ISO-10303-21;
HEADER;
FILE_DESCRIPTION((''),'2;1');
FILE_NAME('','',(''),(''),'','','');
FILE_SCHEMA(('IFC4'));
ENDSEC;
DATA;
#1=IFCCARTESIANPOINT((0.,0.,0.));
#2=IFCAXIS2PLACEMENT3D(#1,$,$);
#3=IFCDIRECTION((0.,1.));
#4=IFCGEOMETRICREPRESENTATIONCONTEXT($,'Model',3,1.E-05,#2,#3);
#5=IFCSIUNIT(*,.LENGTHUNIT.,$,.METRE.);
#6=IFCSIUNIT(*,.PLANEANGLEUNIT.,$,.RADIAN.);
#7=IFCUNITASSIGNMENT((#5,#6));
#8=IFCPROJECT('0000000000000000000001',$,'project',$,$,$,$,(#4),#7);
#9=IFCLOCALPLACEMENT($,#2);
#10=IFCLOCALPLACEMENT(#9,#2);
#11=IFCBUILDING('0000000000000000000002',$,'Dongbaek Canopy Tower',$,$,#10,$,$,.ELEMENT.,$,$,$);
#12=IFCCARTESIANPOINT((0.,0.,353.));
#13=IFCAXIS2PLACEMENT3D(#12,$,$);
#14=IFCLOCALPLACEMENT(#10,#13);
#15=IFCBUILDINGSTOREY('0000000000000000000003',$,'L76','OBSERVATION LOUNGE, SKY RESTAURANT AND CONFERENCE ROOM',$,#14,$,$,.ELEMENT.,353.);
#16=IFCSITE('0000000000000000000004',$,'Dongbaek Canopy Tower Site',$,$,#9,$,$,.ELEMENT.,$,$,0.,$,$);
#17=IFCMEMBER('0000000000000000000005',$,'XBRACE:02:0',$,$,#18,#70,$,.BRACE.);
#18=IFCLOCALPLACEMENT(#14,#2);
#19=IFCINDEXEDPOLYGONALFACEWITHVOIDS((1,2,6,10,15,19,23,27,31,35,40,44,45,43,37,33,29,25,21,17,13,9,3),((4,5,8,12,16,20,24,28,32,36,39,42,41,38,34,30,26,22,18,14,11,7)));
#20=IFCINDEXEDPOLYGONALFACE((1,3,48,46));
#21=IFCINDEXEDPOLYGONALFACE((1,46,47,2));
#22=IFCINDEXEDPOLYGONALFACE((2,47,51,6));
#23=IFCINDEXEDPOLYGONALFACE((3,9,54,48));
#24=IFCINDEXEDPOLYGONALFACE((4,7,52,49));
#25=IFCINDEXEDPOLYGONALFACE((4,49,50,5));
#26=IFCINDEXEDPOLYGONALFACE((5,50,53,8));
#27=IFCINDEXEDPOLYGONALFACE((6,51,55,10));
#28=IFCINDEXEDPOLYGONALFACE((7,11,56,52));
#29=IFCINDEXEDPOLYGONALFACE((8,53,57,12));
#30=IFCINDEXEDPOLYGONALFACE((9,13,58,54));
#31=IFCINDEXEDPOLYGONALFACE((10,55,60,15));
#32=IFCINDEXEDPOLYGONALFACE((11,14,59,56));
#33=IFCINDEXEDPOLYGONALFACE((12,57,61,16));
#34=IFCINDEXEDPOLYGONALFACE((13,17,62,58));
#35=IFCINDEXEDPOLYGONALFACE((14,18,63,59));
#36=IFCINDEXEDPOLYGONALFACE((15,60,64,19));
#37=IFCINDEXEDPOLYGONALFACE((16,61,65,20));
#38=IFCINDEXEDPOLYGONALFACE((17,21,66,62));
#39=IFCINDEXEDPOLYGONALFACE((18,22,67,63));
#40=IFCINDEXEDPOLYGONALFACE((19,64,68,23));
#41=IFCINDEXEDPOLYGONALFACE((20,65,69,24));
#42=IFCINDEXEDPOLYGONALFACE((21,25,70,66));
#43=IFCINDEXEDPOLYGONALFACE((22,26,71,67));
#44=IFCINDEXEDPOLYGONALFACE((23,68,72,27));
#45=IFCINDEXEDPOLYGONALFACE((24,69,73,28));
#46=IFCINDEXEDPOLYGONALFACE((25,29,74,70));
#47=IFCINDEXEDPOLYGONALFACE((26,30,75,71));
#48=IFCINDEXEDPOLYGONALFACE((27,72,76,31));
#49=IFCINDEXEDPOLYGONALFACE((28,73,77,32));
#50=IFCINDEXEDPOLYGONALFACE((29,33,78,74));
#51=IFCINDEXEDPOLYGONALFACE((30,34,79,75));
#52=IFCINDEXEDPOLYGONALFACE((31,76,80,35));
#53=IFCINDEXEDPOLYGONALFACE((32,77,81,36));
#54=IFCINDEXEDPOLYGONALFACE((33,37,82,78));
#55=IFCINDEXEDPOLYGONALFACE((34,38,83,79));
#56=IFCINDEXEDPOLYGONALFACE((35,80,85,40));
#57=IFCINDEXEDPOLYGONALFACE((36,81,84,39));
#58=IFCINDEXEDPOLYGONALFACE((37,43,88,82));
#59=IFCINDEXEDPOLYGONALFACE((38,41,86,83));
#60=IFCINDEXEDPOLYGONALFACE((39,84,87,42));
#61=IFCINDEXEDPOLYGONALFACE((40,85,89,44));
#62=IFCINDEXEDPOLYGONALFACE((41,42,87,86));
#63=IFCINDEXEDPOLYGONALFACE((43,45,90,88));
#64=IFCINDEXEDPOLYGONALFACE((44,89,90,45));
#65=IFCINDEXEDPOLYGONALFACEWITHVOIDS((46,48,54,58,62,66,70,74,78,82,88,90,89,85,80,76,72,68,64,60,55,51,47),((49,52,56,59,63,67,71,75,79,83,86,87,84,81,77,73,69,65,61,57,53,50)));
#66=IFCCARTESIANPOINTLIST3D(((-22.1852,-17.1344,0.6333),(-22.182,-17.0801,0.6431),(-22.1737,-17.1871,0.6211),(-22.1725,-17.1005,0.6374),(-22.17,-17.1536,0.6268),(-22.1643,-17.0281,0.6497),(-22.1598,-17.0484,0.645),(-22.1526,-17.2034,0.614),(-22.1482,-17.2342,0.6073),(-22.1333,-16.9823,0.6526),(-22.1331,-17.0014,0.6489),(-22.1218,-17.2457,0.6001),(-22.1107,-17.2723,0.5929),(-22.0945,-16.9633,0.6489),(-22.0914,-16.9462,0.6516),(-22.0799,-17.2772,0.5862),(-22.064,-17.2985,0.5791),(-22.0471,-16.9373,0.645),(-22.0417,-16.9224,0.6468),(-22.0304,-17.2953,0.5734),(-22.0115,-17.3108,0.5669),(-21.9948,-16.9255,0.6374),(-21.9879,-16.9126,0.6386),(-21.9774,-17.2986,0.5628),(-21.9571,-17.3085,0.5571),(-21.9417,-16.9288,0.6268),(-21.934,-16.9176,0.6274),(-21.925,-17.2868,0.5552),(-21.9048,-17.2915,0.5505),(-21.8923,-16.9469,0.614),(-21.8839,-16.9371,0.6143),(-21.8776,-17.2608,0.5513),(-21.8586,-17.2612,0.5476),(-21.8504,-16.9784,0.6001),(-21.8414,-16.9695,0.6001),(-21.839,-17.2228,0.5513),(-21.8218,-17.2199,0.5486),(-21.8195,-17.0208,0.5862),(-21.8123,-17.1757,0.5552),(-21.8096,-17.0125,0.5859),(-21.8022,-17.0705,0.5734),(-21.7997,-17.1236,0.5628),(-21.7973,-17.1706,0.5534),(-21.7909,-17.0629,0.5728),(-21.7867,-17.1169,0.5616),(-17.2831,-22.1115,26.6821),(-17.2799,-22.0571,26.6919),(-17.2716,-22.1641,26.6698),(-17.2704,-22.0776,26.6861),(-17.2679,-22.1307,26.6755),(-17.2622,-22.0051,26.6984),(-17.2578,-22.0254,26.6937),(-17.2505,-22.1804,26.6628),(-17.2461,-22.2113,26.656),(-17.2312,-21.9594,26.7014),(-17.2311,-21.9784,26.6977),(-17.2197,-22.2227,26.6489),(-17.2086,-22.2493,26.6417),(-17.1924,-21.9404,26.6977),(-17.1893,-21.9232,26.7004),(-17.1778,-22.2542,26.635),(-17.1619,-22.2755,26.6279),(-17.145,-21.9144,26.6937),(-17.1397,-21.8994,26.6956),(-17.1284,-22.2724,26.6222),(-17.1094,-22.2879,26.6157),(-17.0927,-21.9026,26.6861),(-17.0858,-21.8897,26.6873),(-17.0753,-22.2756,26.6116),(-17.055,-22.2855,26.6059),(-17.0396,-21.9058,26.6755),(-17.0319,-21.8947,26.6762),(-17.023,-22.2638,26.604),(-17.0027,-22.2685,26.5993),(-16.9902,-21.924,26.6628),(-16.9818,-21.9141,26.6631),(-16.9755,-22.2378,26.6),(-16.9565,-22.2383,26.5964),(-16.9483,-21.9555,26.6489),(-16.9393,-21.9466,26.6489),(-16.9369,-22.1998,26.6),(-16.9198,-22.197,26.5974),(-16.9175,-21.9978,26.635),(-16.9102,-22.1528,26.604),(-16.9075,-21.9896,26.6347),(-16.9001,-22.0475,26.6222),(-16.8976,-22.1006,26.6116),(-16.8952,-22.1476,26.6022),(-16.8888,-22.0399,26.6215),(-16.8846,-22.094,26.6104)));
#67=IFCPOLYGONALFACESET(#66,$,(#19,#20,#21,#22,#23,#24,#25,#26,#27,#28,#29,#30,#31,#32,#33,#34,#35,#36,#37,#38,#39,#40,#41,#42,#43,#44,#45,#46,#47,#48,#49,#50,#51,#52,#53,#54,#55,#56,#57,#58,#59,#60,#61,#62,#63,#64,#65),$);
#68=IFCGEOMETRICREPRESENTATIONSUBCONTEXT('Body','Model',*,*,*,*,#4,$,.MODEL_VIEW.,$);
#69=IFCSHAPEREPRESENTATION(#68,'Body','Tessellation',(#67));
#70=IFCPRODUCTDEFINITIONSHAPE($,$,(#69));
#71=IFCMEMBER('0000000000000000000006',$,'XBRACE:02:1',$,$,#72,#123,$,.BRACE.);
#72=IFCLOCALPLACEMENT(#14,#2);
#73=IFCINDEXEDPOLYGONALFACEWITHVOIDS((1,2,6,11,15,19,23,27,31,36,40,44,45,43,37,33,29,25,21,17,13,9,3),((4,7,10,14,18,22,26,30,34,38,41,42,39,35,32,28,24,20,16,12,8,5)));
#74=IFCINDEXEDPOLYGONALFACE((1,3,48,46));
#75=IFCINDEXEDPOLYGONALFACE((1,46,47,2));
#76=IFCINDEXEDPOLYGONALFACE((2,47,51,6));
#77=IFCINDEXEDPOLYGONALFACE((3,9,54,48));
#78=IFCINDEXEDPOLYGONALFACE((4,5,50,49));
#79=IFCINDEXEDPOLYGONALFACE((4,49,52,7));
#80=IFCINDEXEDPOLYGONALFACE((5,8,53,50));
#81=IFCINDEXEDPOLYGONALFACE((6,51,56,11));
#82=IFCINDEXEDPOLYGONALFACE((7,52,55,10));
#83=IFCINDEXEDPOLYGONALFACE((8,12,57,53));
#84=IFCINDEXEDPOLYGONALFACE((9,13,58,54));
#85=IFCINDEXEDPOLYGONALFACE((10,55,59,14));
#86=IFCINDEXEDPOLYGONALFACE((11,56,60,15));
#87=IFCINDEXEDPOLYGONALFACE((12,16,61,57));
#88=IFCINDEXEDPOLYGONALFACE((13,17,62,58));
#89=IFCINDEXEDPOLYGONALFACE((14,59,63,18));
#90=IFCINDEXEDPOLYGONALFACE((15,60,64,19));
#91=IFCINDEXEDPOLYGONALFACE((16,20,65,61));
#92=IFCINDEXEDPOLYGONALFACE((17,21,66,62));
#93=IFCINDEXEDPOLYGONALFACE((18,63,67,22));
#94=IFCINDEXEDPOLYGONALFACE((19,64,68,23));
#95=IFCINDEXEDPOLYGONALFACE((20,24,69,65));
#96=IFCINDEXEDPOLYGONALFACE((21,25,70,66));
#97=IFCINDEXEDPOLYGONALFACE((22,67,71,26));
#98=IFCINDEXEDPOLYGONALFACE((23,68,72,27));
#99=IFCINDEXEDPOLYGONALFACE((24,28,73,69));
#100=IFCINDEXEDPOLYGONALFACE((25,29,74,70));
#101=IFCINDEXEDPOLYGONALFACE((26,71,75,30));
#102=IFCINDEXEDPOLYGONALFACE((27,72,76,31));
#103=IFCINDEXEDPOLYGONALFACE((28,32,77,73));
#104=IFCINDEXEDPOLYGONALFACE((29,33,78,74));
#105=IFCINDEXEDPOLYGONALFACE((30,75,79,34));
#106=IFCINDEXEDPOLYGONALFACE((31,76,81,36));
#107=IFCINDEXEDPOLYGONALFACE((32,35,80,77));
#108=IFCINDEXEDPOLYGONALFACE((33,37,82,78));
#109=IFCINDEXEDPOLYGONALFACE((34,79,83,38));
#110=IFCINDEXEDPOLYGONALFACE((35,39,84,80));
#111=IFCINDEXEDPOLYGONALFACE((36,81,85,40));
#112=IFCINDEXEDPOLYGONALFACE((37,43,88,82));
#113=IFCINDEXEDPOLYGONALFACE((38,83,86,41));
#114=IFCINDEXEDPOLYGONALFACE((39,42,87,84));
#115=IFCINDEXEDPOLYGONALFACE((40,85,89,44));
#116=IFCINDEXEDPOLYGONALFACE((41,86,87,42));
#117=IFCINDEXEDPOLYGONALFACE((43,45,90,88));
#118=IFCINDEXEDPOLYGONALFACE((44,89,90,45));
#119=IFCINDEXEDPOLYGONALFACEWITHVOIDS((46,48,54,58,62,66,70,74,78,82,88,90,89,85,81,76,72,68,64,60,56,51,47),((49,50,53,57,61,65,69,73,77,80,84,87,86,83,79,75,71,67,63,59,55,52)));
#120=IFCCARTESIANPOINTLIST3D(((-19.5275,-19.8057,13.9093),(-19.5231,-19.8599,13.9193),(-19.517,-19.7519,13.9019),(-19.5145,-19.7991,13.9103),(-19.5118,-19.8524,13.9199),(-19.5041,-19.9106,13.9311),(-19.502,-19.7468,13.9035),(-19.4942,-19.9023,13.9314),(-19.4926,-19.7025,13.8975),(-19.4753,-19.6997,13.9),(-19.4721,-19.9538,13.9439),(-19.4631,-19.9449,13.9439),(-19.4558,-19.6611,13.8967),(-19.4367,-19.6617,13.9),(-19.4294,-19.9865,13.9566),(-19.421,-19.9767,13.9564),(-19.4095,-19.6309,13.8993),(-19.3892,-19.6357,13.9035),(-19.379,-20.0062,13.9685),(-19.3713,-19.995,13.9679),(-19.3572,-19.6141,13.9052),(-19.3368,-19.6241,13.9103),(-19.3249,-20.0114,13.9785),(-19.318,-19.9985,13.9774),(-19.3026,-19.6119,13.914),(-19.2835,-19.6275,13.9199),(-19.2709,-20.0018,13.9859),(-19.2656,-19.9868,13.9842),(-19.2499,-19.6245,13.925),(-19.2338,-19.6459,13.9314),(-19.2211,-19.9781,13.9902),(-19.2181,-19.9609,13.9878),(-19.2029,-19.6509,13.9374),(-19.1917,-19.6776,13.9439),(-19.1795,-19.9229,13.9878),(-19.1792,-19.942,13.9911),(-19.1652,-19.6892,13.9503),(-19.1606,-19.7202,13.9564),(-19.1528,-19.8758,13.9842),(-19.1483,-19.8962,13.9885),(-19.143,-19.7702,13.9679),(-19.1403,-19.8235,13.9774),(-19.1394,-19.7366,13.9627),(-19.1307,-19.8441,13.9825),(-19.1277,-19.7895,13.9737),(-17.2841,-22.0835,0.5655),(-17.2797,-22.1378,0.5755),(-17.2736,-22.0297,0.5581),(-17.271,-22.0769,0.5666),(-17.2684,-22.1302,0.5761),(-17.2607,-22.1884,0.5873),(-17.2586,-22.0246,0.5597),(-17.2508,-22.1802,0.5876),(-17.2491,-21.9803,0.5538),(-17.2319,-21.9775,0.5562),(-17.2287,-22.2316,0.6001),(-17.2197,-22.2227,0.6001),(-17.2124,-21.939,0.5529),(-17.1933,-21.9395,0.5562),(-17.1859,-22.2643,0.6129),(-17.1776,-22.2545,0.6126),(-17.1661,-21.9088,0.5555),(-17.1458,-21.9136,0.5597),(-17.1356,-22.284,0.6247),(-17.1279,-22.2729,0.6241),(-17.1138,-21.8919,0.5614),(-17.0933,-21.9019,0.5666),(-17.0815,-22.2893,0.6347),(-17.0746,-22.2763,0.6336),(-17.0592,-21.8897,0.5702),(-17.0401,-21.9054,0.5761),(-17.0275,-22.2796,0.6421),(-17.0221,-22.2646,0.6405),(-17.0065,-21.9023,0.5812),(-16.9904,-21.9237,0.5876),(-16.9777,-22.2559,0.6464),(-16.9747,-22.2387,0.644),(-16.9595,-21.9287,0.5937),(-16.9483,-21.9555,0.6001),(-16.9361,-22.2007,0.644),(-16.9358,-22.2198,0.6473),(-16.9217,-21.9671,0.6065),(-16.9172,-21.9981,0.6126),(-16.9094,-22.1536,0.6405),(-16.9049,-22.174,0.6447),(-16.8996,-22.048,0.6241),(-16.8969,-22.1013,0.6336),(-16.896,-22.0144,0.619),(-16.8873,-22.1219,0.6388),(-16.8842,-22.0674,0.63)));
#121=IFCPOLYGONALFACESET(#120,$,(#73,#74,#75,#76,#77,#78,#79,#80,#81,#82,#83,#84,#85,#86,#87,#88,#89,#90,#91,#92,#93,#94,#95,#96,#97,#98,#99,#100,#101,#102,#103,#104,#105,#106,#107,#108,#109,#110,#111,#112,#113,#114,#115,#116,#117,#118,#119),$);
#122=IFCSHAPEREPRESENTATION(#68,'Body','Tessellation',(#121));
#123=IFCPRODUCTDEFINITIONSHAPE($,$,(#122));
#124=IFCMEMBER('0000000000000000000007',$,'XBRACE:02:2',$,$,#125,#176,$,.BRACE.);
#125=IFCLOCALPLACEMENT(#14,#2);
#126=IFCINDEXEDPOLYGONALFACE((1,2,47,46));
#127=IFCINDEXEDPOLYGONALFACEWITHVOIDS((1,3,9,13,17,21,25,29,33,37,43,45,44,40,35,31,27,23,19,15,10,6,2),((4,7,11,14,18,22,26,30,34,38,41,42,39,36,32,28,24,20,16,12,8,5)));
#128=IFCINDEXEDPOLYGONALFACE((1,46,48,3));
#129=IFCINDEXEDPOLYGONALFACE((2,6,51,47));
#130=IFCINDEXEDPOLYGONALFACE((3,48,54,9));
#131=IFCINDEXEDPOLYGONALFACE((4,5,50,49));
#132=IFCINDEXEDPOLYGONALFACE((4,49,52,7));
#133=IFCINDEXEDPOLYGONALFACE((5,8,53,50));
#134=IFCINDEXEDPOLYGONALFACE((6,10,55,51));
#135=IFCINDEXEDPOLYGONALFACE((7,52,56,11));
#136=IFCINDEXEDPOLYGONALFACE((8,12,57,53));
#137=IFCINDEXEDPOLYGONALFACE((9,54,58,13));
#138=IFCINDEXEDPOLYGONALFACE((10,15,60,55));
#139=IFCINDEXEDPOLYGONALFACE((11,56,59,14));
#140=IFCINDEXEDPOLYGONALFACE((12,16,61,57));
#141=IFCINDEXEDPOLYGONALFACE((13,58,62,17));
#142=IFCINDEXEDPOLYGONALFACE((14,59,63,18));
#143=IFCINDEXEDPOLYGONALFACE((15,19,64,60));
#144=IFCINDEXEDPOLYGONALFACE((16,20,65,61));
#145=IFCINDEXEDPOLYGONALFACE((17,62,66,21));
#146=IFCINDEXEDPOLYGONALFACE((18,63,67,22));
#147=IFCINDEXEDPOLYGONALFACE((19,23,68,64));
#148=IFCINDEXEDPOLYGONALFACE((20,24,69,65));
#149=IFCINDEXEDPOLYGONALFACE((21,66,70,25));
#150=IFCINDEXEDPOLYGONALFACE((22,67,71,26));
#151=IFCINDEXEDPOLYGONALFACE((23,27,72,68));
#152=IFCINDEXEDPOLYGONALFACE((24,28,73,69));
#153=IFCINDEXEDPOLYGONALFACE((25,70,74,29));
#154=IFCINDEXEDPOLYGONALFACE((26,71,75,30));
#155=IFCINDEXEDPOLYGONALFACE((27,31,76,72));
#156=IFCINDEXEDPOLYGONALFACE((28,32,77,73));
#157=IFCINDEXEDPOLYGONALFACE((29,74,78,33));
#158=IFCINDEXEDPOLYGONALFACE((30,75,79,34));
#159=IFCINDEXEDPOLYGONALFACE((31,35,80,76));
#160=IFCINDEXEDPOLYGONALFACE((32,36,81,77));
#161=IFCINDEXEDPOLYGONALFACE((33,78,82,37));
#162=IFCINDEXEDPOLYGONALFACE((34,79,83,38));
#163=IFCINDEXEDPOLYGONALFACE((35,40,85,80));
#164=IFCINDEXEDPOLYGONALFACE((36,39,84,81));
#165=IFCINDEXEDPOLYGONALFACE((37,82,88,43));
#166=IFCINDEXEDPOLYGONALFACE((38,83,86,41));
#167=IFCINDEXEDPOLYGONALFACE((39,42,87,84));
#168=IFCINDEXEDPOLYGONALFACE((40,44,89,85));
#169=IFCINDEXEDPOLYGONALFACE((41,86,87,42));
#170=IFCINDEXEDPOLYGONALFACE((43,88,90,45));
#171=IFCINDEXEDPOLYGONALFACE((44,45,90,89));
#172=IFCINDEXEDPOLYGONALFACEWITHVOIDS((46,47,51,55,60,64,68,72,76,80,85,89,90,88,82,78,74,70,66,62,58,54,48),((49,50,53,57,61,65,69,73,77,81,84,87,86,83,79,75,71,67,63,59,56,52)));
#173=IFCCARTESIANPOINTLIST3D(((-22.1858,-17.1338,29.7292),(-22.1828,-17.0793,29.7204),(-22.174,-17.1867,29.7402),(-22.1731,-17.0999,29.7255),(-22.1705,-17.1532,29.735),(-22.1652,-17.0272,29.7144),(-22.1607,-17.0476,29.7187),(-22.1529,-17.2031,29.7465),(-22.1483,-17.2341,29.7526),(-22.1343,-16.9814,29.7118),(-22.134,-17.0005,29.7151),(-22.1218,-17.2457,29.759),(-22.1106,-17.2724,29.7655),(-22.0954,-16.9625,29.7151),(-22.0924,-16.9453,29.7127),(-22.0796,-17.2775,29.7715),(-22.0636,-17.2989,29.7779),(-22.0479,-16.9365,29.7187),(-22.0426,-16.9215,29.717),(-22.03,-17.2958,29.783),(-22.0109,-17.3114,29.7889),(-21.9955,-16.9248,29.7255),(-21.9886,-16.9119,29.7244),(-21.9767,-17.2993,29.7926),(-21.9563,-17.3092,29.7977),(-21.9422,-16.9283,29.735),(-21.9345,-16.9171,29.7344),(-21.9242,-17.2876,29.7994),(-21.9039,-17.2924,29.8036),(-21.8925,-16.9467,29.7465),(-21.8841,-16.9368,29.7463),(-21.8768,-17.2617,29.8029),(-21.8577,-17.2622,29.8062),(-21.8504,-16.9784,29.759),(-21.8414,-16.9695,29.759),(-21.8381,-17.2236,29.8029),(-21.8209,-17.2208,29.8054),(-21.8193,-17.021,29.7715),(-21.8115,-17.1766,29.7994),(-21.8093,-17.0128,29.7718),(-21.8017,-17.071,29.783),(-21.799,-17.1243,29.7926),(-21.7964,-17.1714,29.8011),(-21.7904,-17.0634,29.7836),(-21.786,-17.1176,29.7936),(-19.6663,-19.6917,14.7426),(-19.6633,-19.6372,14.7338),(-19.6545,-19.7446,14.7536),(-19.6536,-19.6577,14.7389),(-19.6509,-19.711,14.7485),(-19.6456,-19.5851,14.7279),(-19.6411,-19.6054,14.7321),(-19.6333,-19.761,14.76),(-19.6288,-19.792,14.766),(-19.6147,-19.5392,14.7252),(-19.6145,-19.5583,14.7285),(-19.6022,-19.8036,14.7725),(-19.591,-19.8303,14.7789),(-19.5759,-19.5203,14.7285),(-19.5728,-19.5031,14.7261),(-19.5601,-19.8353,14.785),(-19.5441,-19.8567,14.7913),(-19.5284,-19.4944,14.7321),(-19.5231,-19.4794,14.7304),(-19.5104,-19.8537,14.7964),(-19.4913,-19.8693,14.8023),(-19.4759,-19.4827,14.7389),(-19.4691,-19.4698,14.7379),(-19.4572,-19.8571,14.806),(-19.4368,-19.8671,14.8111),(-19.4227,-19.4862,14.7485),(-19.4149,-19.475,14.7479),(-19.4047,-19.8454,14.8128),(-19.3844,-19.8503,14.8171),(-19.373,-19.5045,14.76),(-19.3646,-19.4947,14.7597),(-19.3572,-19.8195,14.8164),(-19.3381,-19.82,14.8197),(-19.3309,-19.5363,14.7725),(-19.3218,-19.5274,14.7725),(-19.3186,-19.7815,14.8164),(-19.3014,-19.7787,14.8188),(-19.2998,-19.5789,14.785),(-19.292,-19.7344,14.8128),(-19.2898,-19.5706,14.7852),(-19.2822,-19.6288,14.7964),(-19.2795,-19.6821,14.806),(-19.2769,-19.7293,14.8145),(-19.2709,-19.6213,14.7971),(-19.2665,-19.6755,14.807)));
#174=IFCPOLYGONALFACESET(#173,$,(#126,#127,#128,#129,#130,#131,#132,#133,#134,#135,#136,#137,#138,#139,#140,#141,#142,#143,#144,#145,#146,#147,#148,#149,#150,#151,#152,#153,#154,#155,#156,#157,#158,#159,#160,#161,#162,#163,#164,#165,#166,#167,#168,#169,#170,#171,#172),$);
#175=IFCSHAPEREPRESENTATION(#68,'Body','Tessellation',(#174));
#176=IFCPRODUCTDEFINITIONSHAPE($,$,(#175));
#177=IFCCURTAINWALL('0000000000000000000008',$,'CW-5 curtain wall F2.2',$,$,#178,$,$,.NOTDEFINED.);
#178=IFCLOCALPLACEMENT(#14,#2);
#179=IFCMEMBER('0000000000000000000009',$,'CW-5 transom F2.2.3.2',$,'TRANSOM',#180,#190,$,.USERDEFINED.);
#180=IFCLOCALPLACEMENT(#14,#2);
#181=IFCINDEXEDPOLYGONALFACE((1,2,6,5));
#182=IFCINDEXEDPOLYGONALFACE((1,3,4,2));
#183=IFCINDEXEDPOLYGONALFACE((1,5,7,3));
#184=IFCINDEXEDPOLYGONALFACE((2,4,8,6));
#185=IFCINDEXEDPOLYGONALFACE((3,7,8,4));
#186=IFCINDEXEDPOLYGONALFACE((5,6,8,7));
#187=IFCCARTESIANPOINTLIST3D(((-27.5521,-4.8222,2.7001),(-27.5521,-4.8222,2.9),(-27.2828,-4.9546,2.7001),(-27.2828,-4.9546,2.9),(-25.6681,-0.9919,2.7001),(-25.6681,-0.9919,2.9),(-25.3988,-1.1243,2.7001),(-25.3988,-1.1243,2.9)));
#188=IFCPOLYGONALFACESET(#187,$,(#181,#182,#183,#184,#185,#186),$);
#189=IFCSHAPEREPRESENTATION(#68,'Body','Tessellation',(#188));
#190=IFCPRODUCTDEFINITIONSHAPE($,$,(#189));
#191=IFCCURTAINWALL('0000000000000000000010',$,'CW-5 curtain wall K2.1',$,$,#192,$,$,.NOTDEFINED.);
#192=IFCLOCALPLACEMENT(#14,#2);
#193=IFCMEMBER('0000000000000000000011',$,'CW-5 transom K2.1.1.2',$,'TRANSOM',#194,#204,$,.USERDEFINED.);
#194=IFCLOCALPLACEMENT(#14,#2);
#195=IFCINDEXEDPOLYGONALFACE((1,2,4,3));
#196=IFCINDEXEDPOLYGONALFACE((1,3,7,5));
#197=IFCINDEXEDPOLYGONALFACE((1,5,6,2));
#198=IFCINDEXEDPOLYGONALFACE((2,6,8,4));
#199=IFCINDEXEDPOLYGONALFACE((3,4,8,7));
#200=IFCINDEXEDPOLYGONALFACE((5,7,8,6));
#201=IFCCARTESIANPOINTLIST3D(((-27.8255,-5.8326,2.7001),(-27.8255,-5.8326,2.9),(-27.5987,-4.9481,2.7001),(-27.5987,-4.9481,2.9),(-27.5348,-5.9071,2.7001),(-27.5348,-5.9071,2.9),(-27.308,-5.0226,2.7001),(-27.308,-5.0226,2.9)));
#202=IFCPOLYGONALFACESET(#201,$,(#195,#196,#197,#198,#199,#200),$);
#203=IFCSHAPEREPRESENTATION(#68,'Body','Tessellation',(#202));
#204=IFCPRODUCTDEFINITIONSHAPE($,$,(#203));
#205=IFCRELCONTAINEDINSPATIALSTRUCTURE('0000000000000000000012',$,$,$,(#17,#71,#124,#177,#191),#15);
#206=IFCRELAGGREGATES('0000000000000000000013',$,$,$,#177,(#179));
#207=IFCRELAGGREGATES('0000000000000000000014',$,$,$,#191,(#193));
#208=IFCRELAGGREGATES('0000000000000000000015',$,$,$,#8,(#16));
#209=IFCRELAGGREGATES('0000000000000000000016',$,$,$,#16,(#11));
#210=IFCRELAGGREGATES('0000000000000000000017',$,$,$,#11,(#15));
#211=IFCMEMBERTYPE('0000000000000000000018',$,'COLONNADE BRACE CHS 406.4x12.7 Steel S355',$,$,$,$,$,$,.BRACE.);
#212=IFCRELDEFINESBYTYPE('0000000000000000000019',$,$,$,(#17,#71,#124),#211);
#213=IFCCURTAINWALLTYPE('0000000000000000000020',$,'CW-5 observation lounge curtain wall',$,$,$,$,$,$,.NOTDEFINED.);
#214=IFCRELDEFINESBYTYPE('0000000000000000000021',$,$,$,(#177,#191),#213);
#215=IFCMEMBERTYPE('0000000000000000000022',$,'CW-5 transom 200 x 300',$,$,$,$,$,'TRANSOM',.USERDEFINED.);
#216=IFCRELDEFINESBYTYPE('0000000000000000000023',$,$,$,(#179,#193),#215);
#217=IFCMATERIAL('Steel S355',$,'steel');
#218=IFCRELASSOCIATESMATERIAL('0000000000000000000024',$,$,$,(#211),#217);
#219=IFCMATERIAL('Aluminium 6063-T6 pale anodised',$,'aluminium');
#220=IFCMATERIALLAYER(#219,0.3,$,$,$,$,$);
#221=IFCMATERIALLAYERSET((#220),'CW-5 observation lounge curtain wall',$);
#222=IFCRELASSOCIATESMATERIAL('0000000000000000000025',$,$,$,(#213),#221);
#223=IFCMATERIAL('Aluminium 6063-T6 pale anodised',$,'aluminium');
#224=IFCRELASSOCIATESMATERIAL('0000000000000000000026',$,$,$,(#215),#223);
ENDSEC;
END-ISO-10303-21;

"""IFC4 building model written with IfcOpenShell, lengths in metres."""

from ifc_helpers import new_model, si_unit, direction, frame, origin, origin_2d, place, context, subcontext, project, spatial, rectangle, hollow_circle, extrude, material, layer, layer_set, material_profile, profile_set, type_object, element, aggregate, save


model = new_model("IFC4")

# Units and contexts
model_context = context("Model", 3, precision=1e-05, world=origin(), true_north=direction((0.0, 1.0)))
body_context = subcontext(model_context, "Body", "Model", "MODEL_VIEW")
ifc_project = project(units=[si_unit("LENGTHUNIT", "METRE"), si_unit("PLANEANGLEUNIT", "RADIAN")], contexts=[model_context])

# Site, building, storey
site_placement = place(None, origin())
site = spatial("IfcSite", under=ifc_project, at=site_placement, Name="Dongbaek Canopy Tower Site", CompositionType="ELEMENT", RefElevation=0.0)
building_placement = place(site_placement, origin())
building = spatial("IfcBuilding", under=site, at=building_placement, Name="Dongbaek Canopy Tower", CompositionType="ELEMENT")
storey_placement = place(building_placement, frame((0.0, 0.0, 353.0)))
storey = spatial("IfcBuildingStorey", under=building, at=storey_placement, Name="L76", Description="OBSERVATION LOUNGE, SKY RESTAURANT AND CONFERENCE ROOM", CompositionType="ELEMENT", Elevation=353.0)

# Members
ifc_material_1 = material(Name="Steel S355", Category="steel")
ifc_material_profile_1 = material_profile(ifc_material_1, hollow_circle(Radius=0.2031, WallThickness=0.0127, at=origin_2d()), Name="COLONNADE BRACE CHS 406.4x12.7 Steel S355")
ifc_profile_set_1 = profile_set([ifc_material_profile_1], Name="Steel S355")
member_type_1 = type_object("IfcMemberType", Name="COLONNADE BRACE CHS 406.4x12.7 Steel S355", PredefinedType="BRACE", material=ifc_profile_set_1)
member_1_placement = place(storey_placement, frame((-21.9861, -17.1121, 0.6001), z_axis=(0.181766, -0.184545, 0.96587), x_axis=(0.712451, 0.701722, 0.0)))
element("IfcMember", 1, at=member_1_placement, inside=storey, type_object=member_type_1, Name="XBRACE:02:0", PredefinedType="BRACE", context=body_context, shape_type="SweptSolid", body=[
    extrude(hollow_circle(Radius=0.2031, WallThickness=0.0127, at=origin_2d()), origin(), (0.0, 0.0, 1.0), 26.9692),
])
member_2_placement = place(storey_placement, frame((-17.084, -22.0891, 0.6001), z_axis=(-0.163497, 0.166006, 0.972477), x_axis=(-0.71247, -0.701703, 0.0)))
element("IfcMember", 2, at=member_2_placement, inside=storey, type_object=member_type_1, Name="XBRACE:02:1", PredefinedType="BRACE", context=body_context, shape_type="SweptSolid", body=[
    extrude(hollow_circle(Radius=0.2031, WallThickness=0.0127, at=origin_2d()), origin(), (0.0, 0.0, 1.0), 13.7214),
])
member_3_placement = place(storey_placement, frame((-21.9861, -17.1121, 29.759), z_axis=(0.163493, -0.16598, -0.972482), x_axis=(0.712425, 0.701749, 0.0)))
element("IfcMember", 3, at=member_3_placement, inside=storey, type_object=member_type_1, Name="XBRACE:02:2", PredefinedType="BRACE", context=body_context, shape_type="SweptSolid", body=[
    extrude(hollow_circle(Radius=0.2031, WallThickness=0.0127, at=origin_2d()), origin(), (0.0, 0.0, 1.0), 15.4106),
])

# Curtain wall, member
ifc_material_2 = material(Name="Aluminium 6063-T6 pale anodised", Category="aluminium")
ifc_layer_1 = layer(ifc_material_2, 0.3)
ifc_layer_set_1 = layer_set([ifc_layer_1], Name="CW-5 observation lounge curtain wall")
curtain_wall_type = type_object("IfcCurtainWallType", Name="CW-5 observation lounge curtain wall", PredefinedType="NOTDEFINED", material=ifc_layer_set_1)
curtain_wall_1_placement = place(storey_placement, origin())
curtain_wall_1 = element("IfcCurtainWall", 4, at=curtain_wall_1_placement, inside=storey, type_object=curtain_wall_type, Name="CW-5 curtain wall F2.2", PredefinedType="NOTDEFINED")
ifc_material_3 = material(Name="Aluminium 6063-T6 pale anodised", Category="aluminium")
ifc_material_profile_2 = material_profile(ifc_material_3, rectangle(XDim=0.3, YDim=0.2, at=origin_2d()), Name="CW-5 transom 200 x 300")
ifc_profile_set_2 = profile_set([ifc_material_profile_2], Name="Aluminium 6063-T6 pale anodised")
member_type_2 = type_object("IfcMemberType", Name="CW-5 transom 200 x 300", ElementType="TRANSOM", PredefinedType="USERDEFINED", material=ifc_profile_set_2)
member_4_placement = place(storey_placement, frame((-25.5334, -1.0581, 2.8), z_axis=(-0.44137, -0.897325, 0.0), x_axis=(0.897325, -0.44137, 0.0)))
member_4 = element("IfcMember", 5, at=member_4_placement, type_object=member_type_2, Name="CW-5 transom F2.2.3.2", ObjectType="TRANSOM", PredefinedType="USERDEFINED", context=body_context, shape_type="SweptSolid", body=[
    extrude(rectangle(XDim=0.3, YDim=0.2, at=origin_2d()), origin(), (0.0, 0.0, 1.0), 4.2686),
])

# Curtain wall, member
curtain_wall_2_placement = place(storey_placement, origin())
curtain_wall_2 = element("IfcCurtainWall", 6, at=curtain_wall_2_placement, inside=storey, type_object=curtain_wall_type, Name="CW-5 curtain wall K2.1", PredefinedType="NOTDEFINED")
member_5_placement = place(storey_placement, frame((-27.4534, -4.9854, 2.8), z_axis=(-0.248382, -0.968662, 0.0), x_axis=(0.968662, -0.248382, 0.0)))
member_5 = element("IfcMember", 7, at=member_5_placement, type_object=member_type_2, Name="CW-5 transom K2.1.1.2", ObjectType="TRANSOM", PredefinedType="USERDEFINED", context=body_context, shape_type="SweptSolid", body=[
    extrude(rectangle(XDim=0.3, YDim=0.2, at=origin_2d()), origin(), (0.0, 0.0, 1.0), 0.9131),
])

aggregate(curtain_wall_1, [member_4])
aggregate(curtain_wall_2, [member_5])

save(model, "model.ifc")
